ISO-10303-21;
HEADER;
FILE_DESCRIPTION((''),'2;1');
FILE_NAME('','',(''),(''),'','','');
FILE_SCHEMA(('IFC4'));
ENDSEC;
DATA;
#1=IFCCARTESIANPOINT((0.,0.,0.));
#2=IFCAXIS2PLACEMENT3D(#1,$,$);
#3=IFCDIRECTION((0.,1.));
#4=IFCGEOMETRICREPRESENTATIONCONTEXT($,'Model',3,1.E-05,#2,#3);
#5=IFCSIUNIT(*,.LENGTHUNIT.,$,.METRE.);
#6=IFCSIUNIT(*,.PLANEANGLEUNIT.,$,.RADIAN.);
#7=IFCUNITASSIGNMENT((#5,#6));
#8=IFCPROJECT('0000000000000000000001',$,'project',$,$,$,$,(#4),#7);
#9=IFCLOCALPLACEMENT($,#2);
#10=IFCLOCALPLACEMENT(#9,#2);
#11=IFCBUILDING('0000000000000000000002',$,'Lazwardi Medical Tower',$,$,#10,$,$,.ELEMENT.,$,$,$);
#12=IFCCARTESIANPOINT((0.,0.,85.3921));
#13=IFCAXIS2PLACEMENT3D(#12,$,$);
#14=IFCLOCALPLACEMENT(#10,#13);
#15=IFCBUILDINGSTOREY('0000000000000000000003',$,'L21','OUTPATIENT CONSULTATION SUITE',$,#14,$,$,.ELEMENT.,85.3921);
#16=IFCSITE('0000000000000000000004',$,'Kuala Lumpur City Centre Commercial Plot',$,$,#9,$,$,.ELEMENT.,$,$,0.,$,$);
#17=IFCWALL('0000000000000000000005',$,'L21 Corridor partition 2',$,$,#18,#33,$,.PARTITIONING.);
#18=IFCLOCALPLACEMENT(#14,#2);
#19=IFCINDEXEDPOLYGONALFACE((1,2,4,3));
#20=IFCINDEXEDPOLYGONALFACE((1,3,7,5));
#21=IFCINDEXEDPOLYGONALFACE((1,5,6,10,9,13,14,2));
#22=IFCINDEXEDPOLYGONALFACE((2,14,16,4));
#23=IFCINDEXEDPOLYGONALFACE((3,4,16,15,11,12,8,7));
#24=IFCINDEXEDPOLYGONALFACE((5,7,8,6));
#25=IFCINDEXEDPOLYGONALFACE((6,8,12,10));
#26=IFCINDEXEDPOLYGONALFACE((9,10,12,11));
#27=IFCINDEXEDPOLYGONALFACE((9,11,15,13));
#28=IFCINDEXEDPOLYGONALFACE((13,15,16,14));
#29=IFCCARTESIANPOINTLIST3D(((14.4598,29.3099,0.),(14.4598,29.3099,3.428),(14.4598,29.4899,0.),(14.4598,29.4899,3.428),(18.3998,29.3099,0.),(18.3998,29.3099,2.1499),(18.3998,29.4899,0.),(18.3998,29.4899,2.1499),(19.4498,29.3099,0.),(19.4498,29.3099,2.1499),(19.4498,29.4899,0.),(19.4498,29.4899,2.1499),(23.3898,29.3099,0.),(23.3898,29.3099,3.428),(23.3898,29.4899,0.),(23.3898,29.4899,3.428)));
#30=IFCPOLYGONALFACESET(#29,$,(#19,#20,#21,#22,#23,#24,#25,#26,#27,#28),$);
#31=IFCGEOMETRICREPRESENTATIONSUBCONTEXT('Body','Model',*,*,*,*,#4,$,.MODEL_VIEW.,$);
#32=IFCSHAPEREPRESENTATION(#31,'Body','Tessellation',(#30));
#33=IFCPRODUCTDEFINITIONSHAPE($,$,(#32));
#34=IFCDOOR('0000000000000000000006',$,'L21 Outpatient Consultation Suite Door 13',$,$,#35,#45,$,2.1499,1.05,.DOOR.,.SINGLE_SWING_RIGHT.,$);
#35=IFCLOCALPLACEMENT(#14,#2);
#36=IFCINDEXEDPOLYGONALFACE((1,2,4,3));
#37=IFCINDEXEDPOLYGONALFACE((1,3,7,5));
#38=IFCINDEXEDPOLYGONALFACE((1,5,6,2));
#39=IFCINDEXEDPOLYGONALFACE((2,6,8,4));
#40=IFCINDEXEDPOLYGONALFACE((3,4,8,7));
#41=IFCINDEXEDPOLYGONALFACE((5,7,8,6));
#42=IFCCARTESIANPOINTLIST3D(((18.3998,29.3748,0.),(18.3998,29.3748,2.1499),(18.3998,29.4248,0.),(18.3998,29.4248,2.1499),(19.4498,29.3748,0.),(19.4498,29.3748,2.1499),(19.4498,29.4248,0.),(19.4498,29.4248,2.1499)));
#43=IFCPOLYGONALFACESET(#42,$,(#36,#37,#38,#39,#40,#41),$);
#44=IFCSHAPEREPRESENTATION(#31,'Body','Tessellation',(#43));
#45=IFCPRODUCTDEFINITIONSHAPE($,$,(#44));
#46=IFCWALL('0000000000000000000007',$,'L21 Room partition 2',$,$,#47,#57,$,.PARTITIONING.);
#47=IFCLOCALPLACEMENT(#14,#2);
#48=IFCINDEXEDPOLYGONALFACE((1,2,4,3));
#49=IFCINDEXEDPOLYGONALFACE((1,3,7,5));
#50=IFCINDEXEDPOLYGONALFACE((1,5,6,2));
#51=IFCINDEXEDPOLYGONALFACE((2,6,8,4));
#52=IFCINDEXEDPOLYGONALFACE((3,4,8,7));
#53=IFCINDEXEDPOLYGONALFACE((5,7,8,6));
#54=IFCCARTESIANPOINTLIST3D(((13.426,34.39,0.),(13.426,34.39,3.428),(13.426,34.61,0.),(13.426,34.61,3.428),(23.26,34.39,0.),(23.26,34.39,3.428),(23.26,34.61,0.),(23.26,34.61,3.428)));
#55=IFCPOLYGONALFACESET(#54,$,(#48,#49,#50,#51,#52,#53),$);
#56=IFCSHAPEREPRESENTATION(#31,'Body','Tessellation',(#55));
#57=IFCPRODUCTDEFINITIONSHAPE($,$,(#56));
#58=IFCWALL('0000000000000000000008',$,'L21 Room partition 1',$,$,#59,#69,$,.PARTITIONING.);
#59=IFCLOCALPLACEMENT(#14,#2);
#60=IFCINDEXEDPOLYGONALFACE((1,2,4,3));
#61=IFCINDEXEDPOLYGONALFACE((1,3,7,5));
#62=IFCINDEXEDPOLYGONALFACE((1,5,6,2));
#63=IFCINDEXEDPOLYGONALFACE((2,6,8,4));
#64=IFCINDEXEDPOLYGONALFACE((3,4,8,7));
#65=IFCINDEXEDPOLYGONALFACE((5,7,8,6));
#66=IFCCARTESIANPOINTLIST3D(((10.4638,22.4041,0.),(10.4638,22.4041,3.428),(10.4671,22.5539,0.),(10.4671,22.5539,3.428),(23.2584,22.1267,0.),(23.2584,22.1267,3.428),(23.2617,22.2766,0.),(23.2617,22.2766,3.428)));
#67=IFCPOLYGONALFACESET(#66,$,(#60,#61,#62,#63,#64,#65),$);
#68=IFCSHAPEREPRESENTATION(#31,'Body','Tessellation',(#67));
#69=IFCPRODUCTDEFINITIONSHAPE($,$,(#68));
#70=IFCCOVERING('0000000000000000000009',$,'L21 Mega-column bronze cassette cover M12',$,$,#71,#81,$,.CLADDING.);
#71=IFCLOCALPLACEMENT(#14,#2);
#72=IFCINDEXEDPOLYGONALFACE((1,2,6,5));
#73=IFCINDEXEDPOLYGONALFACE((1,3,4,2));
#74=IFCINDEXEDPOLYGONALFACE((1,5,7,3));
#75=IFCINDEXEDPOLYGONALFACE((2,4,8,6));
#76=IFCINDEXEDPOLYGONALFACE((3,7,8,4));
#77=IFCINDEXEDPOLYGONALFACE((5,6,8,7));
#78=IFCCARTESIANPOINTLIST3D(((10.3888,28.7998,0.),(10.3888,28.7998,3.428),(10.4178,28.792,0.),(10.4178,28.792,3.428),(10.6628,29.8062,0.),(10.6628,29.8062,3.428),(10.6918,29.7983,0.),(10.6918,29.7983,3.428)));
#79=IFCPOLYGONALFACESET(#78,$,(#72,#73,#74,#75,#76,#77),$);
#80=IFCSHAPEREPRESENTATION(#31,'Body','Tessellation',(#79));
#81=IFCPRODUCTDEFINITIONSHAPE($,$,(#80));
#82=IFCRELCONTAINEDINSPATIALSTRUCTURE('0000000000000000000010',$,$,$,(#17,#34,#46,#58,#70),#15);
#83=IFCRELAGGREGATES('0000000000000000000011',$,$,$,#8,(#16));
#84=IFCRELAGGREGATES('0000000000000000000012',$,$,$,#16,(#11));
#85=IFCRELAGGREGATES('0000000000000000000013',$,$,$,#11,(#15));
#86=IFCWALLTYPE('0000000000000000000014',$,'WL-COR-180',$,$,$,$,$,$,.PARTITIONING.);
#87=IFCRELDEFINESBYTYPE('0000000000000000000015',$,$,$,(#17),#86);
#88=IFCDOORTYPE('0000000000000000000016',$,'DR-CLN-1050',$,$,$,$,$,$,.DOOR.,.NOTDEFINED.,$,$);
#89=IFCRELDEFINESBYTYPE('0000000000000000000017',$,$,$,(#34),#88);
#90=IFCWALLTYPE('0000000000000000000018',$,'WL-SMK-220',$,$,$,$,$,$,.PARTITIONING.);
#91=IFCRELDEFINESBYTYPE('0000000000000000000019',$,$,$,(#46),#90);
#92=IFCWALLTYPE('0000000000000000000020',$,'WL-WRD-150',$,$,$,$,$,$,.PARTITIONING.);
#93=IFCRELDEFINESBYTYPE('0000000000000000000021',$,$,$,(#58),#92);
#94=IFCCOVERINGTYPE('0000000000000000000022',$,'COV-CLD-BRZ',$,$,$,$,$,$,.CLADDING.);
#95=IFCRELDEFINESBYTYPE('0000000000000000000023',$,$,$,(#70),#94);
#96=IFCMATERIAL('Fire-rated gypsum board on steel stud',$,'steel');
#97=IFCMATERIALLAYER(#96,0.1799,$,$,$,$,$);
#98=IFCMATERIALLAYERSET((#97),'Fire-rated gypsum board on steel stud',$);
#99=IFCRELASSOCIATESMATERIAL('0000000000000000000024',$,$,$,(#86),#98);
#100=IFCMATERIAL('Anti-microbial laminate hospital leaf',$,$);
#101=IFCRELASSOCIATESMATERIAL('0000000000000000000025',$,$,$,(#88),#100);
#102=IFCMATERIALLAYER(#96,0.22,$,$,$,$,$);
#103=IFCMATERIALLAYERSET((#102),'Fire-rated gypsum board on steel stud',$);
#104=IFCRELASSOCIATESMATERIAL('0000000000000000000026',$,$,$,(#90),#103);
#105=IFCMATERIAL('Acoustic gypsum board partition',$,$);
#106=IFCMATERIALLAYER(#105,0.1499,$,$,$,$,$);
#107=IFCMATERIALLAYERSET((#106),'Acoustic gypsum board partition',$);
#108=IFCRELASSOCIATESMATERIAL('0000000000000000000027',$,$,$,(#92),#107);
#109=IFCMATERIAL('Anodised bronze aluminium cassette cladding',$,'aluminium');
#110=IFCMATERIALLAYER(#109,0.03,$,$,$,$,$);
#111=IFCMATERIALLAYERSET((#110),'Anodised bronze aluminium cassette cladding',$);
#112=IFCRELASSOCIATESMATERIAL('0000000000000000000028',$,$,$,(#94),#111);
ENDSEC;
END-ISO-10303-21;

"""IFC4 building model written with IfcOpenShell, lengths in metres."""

from ifc_helpers import new_model, si_unit, direction, frame, frame_2d, origin, origin_2d, place, context, subcontext, project, spatial, rectangle, extrude, material, layer, layer_set, type_object, element, fill, save


model = new_model("IFC4")

# Units and contexts
model_context = context("Model", 3, precision=1e-05, world=origin(), true_north=direction((0.0, 1.0)))
body_context = subcontext(model_context, "Body", "Model", "MODEL_VIEW")
ifc_project = project(units=[si_unit("LENGTHUNIT", "METRE"), si_unit("PLANEANGLEUNIT", "RADIAN")], contexts=[model_context])

# Site, building, storey
site_placement = place(None, origin())
site = spatial("IfcSite", under=ifc_project, at=site_placement, Name="Kuala Lumpur City Centre Commercial Plot", CompositionType="ELEMENT", RefElevation=0.0)
building_placement = place(site_placement, origin())
building = spatial("IfcBuilding", under=site, at=building_placement, Name="Lazwardi Medical Tower", CompositionType="ELEMENT")
storey_placement = place(building_placement, frame((0.0, 0.0, 85.3921)))
storey = spatial("IfcBuildingStorey", under=building, at=storey_placement, Name="L21", Description="OUTPATIENT CONSULTATION SUITE", CompositionType="ELEMENT", Elevation=85.3921)

# Shared definitions
ifc_material_1 = material(Name="Fire-rated gypsum board on steel stud", Category="steel")
ifc_layer_1 = layer(ifc_material_1, 0.1799)
ifc_layer_set_1 = layer_set([ifc_layer_1], Name="Fire-rated gypsum board on steel stud")
wall_type_1 = type_object("IfcWallType", Name="WL-COR-180", PredefinedType="PARTITIONING", material=ifc_layer_set_1)

# Wall, opening, door
wall_1_placement = place(storey_placement, frame((14.46, 29.3999, 0.0), z_axis=(0.0, 0.0, 1.0), x_axis=(1.0, 0.0, 0.0)))
wall_1 = element("IfcWall", 1, at=wall_1_placement, inside=storey, type_object=wall_type_1, Name="L21 Corridor partition 2", PredefinedType="PARTITIONING", context=body_context, shape_type="SweptSolid", body=[
    extrude(rectangle(XDim=8.9299, YDim=0.1799, at=frame_2d((4.4648, 0.0))), origin(), (0.0, 0.0, 1.0), 3.428),
])
opening_placement = place(wall_1_placement, frame((3.9399, 0.0, 0.0)))
opening = element("IfcOpeningElement", 2, at=opening_placement, cuts=wall_1, PredefinedType="OPENING", context=body_context, shape_type="SweptSolid", body=[
    extrude(rectangle(XDim=1.05, YDim=2.1499, at=frame_2d((0.5249, 1.075))), frame((0.0, 0.0999, 0.0), z_axis=(0.0, -1.0, 0.0), x_axis=(1.0, 0.0, 0.0)), (0.0, 0.0, 1.0), 0.2),
])
ifc_material_2 = material(Name="Anti-microbial laminate hospital leaf")
door_type = type_object("IfcDoorType", Name="DR-CLN-1050", OperationType="NOTDEFINED", PredefinedType="DOOR", material=ifc_material_2)
door_placement = place(opening_placement, origin())
door = element("IfcDoor", 3, at=door_placement, inside=storey, type_object=door_type, Name="L21 Outpatient Consultation Suite Door 13", OperationType="SINGLE_SWING_RIGHT", OverallHeight=2.1499, OverallWidth=1.05, PredefinedType="DOOR", context=body_context, shape_type="SweptSolid", body=[
    extrude(rectangle(XDim=1.05, YDim=2.1499, at=frame_2d((0.5249, 1.075))), frame((0.0, 0.0249, 0.0), z_axis=(0.0, -1.0, 0.0), x_axis=(1.0, 0.0, 0.0)), (0.0, 0.0, 1.0), 0.05),
])
fill(opening, door)

# Walls
ifc_layer_2 = layer(ifc_material_1, 0.22)
ifc_layer_set_2 = layer_set([ifc_layer_2], Name="Fire-rated gypsum board on steel stud")
wall_type_2 = type_object("IfcWallType", Name="WL-SMK-220", PredefinedType="PARTITIONING", material=ifc_layer_set_2)
wall_2_placement = place(storey_placement, frame((13.426, 34.5, 0.0), z_axis=(0.0, 0.0, 1.0), x_axis=(1.0, 0.0, 0.0)))
element("IfcWall", 4, at=wall_2_placement, inside=storey, type_object=wall_type_2, Name="L21 Room partition 2", PredefinedType="PARTITIONING", context=body_context, shape_type="SweptSolid", body=[
    extrude(rectangle(XDim=9.834, YDim=0.22, at=frame_2d((4.917, 0.0))), origin(), (0.0, 0.0, 1.0), 3.428),
])
ifc_material_3 = material(Name="Acoustic gypsum board partition")
ifc_layer_3 = layer(ifc_material_3, 0.1499)
ifc_layer_set_3 = layer_set([ifc_layer_3], Name="Acoustic gypsum board partition")
wall_type_3 = type_object("IfcWallType", Name="WL-WRD-150", PredefinedType="PARTITIONING", material=ifc_layer_set_3)
wall_3_placement = place(storey_placement, frame((10.4653, 22.479, 0.0), z_axis=(0.0, 0.0, 1.0), x_axis=(0.999765, -0.021671, 0.0)))
element("IfcWall", 5, at=wall_3_placement, inside=storey, type_object=wall_type_3, Name="L21 Room partition 1", PredefinedType="PARTITIONING", context=body_context, shape_type="SweptSolid", body=[
    extrude(rectangle(XDim=12.7976, YDim=0.1499, at=frame_2d((6.3989, 0.0))), origin(), (0.0, 0.0, 1.0), 3.428),
])

# Covering
ifc_material_4 = material(Name="Anodised bronze aluminium cassette cladding", Category="aluminium")
ifc_layer_4 = layer(ifc_material_4, 0.03)
ifc_layer_set_4 = layer_set([ifc_layer_4], Name="Anodised bronze aluminium cassette cladding")
covering_type = type_object("IfcCoveringType", Name="COV-CLD-BRZ", PredefinedType="CLADDING", material=ifc_layer_set_4)
covering_placement = place(storey_placement, frame((10.5403, 29.2991, 0.0), z_axis=(0.0, 0.0, 1.0), x_axis=(-0.262696, -0.964879, 0.0)))
element("IfcCovering", 6, at=covering_placement, inside=storey, type_object=covering_type, Name="L21 Mega-column bronze cassette cover M12", PredefinedType="CLADDING", context=body_context, shape_type="SweptSolid", body=[
    extrude(rectangle(XDim=1.043, YDim=0.03, at=origin_2d()), origin(), (0.0, 0.0, 1.0), 3.428),
])

save(model, "model.ifc")
